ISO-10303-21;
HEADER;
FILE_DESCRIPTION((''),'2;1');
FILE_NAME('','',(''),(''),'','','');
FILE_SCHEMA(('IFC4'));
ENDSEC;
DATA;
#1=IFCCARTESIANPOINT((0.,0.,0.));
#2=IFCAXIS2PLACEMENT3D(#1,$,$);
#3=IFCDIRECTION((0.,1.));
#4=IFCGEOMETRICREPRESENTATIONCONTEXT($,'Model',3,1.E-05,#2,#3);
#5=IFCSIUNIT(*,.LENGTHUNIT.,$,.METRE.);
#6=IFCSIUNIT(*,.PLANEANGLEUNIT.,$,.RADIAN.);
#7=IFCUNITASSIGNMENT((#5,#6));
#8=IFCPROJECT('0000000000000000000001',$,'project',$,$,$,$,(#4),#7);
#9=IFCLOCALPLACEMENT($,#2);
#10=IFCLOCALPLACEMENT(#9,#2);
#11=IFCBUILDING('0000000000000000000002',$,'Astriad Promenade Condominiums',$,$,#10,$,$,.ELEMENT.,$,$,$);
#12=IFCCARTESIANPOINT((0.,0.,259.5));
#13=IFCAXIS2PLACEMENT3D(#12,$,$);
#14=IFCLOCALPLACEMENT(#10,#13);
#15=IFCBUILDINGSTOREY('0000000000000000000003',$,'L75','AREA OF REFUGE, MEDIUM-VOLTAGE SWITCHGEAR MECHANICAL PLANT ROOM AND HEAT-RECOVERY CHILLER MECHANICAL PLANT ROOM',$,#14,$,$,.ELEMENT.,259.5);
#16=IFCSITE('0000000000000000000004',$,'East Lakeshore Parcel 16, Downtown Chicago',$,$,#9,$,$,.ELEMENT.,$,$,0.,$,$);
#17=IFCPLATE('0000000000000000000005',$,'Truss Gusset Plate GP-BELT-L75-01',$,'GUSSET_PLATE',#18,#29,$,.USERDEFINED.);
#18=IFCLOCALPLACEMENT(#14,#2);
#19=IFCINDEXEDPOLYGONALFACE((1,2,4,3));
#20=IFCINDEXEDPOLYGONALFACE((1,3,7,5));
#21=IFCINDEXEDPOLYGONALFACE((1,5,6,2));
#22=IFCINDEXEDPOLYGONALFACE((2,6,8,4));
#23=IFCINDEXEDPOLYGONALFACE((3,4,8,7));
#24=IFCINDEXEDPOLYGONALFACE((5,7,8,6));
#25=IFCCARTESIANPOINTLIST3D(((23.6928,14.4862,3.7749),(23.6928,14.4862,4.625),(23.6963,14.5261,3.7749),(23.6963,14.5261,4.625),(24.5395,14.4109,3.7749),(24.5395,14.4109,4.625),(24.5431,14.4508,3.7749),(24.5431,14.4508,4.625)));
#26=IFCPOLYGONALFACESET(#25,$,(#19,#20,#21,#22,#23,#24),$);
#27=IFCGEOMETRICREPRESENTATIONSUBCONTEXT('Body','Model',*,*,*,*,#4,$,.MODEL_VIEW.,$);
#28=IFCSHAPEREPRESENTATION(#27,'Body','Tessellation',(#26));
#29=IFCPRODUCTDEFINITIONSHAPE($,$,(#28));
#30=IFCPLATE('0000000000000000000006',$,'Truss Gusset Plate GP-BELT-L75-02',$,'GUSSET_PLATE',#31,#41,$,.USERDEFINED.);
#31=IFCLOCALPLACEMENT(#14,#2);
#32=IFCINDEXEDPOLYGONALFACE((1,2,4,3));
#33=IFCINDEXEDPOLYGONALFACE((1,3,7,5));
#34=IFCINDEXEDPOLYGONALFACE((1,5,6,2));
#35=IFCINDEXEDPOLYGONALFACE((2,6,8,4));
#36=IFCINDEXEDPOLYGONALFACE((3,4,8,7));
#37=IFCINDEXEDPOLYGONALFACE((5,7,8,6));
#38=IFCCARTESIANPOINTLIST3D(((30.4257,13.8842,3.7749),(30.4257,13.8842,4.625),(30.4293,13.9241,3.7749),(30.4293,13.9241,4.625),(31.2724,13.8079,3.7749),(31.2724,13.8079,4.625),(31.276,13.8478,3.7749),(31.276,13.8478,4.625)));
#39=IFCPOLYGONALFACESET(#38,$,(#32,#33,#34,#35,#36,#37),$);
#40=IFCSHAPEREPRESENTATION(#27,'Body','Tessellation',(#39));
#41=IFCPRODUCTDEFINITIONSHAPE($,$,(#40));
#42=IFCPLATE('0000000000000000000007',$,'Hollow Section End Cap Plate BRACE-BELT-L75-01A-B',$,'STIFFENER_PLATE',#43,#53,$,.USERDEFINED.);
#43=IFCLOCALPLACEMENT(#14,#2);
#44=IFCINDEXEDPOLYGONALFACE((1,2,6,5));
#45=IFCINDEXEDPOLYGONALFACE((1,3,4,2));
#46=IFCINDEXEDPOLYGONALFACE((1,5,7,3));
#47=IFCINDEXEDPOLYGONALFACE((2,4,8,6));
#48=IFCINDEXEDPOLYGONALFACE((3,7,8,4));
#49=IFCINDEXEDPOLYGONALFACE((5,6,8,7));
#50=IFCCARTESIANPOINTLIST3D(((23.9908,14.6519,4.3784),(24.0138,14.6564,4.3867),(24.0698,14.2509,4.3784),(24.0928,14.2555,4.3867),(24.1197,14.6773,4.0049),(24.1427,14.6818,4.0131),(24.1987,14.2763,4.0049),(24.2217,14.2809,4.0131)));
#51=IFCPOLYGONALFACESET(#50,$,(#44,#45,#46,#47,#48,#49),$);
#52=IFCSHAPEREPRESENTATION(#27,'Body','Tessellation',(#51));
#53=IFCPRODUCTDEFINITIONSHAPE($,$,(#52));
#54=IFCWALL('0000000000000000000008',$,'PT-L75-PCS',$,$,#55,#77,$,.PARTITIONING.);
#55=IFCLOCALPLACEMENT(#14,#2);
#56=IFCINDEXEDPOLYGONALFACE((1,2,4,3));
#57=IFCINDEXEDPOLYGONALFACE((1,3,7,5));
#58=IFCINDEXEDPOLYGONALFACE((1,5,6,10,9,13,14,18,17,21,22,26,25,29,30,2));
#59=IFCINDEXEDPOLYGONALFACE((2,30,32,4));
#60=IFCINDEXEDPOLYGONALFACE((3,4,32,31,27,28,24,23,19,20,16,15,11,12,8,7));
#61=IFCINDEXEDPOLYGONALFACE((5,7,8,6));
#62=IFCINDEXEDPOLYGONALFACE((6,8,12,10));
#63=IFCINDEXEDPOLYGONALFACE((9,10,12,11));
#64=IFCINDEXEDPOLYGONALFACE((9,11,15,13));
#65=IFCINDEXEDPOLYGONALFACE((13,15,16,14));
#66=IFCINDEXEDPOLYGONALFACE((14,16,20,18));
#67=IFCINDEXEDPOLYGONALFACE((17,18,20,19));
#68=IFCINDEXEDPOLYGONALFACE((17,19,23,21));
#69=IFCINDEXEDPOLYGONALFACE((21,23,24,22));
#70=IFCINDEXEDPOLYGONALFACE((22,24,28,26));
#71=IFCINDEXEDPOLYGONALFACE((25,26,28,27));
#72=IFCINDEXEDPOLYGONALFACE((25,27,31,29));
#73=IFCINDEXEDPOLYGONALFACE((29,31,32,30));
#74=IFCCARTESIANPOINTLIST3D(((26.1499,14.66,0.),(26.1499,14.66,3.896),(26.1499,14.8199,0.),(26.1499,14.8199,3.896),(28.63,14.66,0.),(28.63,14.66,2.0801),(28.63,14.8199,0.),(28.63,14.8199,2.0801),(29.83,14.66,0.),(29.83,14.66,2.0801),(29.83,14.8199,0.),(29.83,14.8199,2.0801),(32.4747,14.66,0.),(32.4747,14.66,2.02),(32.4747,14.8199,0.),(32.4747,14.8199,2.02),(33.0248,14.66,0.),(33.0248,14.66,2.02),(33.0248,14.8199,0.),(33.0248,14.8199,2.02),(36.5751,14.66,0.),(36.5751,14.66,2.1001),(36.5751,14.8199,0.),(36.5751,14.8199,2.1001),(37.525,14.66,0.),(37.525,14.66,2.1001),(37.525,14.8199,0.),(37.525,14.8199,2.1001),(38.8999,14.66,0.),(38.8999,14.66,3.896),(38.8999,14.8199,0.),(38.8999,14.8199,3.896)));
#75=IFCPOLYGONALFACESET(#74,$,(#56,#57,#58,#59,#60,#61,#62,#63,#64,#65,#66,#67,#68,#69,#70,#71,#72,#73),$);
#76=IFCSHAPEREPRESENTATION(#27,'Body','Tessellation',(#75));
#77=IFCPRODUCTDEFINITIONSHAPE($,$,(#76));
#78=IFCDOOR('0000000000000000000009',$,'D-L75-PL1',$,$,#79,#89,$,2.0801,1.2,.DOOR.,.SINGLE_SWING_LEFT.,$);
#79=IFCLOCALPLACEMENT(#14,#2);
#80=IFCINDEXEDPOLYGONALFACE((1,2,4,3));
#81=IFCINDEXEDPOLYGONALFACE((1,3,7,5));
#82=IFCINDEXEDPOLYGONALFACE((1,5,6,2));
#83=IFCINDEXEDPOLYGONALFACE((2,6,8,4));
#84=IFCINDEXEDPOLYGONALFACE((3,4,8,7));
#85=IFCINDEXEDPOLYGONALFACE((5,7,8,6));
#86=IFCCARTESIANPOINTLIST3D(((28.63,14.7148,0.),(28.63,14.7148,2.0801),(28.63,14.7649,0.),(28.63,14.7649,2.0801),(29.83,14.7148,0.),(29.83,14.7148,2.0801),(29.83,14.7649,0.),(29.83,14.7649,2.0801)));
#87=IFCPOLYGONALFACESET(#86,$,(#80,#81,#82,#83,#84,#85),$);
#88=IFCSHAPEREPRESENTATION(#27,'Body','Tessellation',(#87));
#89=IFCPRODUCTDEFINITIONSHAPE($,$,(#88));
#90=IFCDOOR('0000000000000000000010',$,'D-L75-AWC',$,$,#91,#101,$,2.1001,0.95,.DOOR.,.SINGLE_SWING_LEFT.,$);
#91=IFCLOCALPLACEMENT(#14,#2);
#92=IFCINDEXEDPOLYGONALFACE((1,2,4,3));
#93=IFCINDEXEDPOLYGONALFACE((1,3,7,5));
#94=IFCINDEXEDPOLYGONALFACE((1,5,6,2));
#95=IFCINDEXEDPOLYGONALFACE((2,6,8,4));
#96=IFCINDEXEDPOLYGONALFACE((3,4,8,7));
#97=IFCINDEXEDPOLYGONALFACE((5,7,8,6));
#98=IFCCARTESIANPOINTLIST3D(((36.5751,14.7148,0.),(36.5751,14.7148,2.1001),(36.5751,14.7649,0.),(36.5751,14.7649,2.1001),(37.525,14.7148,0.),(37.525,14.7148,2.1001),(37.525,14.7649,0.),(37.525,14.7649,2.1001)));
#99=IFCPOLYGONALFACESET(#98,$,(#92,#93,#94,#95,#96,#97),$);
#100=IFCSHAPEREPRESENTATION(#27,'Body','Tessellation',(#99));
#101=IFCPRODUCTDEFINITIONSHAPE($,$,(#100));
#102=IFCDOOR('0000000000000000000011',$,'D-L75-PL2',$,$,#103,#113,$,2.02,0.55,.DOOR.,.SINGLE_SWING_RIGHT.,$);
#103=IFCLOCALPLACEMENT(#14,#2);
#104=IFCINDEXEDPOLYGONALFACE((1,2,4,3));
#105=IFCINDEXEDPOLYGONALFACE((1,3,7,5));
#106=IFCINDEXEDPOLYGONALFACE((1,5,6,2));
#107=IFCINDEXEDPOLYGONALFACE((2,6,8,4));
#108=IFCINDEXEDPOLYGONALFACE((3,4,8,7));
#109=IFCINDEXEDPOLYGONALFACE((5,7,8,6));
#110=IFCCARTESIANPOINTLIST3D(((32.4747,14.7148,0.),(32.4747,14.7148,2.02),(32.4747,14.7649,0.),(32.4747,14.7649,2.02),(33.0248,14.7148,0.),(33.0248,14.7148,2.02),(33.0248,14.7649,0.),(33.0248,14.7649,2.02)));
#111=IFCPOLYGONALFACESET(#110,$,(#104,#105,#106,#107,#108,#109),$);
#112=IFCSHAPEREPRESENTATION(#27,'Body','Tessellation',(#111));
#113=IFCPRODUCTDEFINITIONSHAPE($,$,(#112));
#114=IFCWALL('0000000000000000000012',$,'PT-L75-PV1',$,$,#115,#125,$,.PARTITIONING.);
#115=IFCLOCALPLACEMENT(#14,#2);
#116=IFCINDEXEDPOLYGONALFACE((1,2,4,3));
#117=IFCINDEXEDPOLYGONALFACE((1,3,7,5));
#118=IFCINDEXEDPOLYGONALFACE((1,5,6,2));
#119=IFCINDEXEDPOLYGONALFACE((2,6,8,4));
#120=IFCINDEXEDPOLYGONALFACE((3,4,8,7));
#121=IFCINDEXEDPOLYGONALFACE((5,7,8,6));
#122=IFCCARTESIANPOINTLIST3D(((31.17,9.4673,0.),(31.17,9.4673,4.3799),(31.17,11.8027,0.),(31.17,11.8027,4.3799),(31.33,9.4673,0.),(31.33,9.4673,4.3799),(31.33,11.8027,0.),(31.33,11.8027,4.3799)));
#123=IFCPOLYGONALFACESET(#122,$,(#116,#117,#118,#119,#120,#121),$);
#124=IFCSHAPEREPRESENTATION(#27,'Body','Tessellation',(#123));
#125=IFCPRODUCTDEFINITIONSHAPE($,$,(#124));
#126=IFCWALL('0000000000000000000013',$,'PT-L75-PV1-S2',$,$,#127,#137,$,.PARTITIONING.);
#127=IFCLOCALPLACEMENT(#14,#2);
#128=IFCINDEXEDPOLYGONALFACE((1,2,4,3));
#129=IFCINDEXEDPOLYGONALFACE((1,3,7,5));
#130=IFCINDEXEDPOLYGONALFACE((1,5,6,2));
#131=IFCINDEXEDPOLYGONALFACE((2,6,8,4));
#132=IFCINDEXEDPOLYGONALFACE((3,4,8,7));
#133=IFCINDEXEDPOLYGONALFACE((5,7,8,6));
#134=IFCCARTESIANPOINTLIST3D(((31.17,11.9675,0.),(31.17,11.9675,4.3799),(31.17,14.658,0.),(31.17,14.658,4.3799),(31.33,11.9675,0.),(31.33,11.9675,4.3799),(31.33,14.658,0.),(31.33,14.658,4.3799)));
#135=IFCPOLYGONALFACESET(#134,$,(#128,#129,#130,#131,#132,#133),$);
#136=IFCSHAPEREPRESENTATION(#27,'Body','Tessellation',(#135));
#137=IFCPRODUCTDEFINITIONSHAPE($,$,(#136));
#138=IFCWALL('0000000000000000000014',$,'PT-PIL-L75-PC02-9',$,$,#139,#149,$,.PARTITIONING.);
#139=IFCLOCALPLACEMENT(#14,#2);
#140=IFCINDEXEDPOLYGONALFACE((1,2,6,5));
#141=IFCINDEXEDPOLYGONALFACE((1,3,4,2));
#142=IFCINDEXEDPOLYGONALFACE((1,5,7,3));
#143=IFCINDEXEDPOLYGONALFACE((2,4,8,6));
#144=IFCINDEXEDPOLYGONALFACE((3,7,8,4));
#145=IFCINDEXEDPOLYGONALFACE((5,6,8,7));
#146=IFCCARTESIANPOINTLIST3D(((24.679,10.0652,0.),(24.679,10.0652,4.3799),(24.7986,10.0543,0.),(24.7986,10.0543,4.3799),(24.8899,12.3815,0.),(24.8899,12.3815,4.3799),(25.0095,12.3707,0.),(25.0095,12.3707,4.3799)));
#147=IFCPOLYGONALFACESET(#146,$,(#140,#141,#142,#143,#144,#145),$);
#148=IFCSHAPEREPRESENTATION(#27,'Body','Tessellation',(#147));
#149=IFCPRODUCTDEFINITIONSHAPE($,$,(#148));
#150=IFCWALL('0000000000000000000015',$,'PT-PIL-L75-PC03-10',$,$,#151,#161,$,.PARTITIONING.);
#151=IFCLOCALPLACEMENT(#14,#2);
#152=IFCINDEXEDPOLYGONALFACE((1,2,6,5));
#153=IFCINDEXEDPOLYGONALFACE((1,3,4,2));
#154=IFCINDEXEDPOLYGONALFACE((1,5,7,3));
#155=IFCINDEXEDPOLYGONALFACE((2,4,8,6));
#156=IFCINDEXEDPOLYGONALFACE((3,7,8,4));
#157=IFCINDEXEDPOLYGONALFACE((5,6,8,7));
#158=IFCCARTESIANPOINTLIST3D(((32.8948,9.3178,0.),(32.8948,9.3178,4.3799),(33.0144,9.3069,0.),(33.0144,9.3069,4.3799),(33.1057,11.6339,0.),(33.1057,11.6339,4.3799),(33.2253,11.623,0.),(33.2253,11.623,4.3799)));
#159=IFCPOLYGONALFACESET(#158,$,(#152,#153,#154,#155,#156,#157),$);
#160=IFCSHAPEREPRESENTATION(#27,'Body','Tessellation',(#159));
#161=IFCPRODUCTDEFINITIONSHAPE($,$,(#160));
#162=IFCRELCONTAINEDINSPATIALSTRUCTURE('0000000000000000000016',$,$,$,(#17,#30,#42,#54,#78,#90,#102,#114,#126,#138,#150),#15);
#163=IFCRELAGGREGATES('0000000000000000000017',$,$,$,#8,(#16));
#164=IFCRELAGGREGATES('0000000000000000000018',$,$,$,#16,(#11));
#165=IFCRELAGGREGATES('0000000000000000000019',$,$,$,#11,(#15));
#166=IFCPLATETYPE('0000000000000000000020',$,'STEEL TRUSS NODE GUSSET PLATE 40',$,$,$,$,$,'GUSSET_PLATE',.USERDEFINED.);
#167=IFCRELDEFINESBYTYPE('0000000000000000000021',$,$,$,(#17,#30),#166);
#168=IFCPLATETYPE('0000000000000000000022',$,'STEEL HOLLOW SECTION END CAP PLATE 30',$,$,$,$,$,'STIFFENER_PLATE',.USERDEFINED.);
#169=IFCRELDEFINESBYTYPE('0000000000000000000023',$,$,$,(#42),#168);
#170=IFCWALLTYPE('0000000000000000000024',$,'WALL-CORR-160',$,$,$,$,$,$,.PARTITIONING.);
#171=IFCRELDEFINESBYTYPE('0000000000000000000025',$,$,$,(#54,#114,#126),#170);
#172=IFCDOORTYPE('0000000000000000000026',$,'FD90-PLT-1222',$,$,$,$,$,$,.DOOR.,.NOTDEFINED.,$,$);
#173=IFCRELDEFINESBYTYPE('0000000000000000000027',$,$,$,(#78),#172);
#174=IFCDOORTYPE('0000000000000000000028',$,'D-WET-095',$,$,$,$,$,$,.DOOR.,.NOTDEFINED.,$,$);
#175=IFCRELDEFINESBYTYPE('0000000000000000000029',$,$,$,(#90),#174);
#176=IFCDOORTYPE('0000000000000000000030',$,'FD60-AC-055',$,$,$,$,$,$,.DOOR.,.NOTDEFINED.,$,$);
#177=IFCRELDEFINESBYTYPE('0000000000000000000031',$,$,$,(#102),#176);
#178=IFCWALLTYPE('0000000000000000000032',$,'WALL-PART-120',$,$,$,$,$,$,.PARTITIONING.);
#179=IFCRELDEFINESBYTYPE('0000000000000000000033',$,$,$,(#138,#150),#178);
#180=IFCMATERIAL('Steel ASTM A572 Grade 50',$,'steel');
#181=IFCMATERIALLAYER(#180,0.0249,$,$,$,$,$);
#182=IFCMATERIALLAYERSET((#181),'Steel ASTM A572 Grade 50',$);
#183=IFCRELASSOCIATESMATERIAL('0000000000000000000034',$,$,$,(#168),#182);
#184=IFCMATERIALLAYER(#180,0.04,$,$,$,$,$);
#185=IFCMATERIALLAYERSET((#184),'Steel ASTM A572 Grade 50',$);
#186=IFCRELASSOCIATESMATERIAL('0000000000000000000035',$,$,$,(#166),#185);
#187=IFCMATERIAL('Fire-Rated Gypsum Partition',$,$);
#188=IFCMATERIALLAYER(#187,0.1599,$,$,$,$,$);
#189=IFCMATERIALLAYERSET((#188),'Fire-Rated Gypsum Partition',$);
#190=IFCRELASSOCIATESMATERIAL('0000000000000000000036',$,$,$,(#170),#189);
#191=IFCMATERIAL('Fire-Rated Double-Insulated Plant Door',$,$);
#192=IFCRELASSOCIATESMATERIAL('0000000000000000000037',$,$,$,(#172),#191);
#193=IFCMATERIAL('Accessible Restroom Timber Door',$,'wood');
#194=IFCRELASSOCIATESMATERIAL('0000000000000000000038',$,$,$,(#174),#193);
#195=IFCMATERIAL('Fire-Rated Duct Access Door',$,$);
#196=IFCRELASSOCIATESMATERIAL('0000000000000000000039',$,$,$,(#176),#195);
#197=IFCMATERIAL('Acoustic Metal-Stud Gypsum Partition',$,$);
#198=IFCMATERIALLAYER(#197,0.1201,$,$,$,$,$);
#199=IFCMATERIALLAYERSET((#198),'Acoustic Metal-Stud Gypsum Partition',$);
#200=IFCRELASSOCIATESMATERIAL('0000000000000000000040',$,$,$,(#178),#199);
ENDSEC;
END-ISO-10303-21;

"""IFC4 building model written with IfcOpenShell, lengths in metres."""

from ifc_helpers import new_model, si_unit, direction, frame, frame_2d, origin, origin_2d, place, context, subcontext, project, spatial, rectangle, extrude, source, transform, mapped, material, layer, layer_set, type_object, type_shapes, element, fill, save


model = new_model("IFC4")

# Units and contexts
model_context = context("Model", 3, precision=1e-05, world=origin(), true_north=direction((0.0, 1.0)))
body_context = subcontext(model_context, "Body", "Model", "MODEL_VIEW")
ifc_project = project(units=[si_unit("LENGTHUNIT", "METRE"), si_unit("PLANEANGLEUNIT", "RADIAN")], contexts=[model_context])

# Site, building, storey
site_placement = place(None, origin())
site = spatial("IfcSite", under=ifc_project, at=site_placement, Name="East Lakeshore Parcel 16, Downtown Chicago", CompositionType="ELEMENT", RefElevation=0.0)
building_placement = place(site_placement, origin())
building = spatial("IfcBuilding", under=site, at=building_placement, Name="Astriad Promenade Condominiums", CompositionType="ELEMENT")
storey_placement = place(building_placement, frame((0.0, 0.0, 259.5)))
storey = spatial("IfcBuildingStorey", under=building, at=storey_placement, Name="L75", Description="AREA OF REFUGE, MEDIUM-VOLTAGE SWITCHGEAR MECHANICAL PLANT ROOM AND HEAT-RECOVERY CHILLER MECHANICAL PLANT ROOM", CompositionType="ELEMENT", Elevation=259.5)

# Plates
ifc_material_1 = material(Name="Steel ASTM A572 Grade 50", Category="steel")
ifc_layer_1 = layer(ifc_material_1, 0.0249)
ifc_layer_set_1 = layer_set([ifc_layer_1], Name="Steel ASTM A572 Grade 50")
plate_type_1 = type_object("IfcPlateType", Name="STEEL HOLLOW SECTION END CAP PLATE 30", ElementType="STIFFENER_PLATE", PredefinedType="USERDEFINED", material=ifc_layer_set_1)
ifc_layer_2 = layer(ifc_material_1, 0.04)
ifc_layer_set_2 = layer_set([ifc_layer_2], Name="Steel ASTM A572 Grade 50")
plate_type_2 = type_object("IfcPlateType", Name="STEEL TRUSS NODE GUSSET PLATE 40", ElementType="GUSSET_PLATE", PredefinedType="USERDEFINED", material=ifc_layer_set_2)
shared_shape_1 = source(origin(), body_context, "Body", "SweptSolid", [
    extrude(rectangle(XDim=0.8501, YDim=0.04, at=origin_2d()), origin(), (0.0, 0.0, 1.0), 0.8501),
])
type_shapes(plate_type_2, [shared_shape_1])
for number, where, z_axis, x_axis, name in (
    (1, (24.1179, 14.4685, 3.7749), (0.0, 0.0, 1.0), (0.996072, -0.088547, 0.0), "Truss Gusset Plate GP-BELT-L75-01"),
    (2, (30.8508, 13.866, 3.7749), (0.0, 0.0, 1.0), (0.995963, -0.089763, 0.0), "Truss Gusset Plate GP-BELT-L75-02"),
):
    element("IfcPlate", number, at=place(storey_placement, frame(where, z_axis=z_axis, x_axis=x_axis)), inside=storey, type_object=plate_type_2, Name=name, ObjectType="GUSSET_PLATE", PredefinedType="USERDEFINED", context=body_context, shape_type="MappedRepresentation", body=[
        mapped(shared_shape_1, transform((0.0, 0.0, 0.0), scale=1.0)),
    ])
shared_shape_2 = source(origin(), body_context, "Body", "SweptSolid", [
    extrude(rectangle(XDim=0.4087, YDim=0.396, at=origin_2d()), origin(), (0.0, 0.0, 1.0), 0.0249),
])
plate_placement = place(storey_placement, frame((24.0947, 14.4641, 4.1917), z_axis=(0.925557, 0.182359, 0.331796), x_axis=(-0.19331, 0.981138, 0.0)))
element("IfcPlate", 3, at=plate_placement, inside=storey, type_object=plate_type_1, Name="Hollow Section End Cap Plate BRACE-BELT-L75-01A-B", ObjectType="STIFFENER_PLATE", PredefinedType="USERDEFINED", context=body_context, shape_type="MappedRepresentation", body=[
    mapped(shared_shape_2, transform((0.0, 0.0, 0.0), scale=1.0)),
])

# Wall, openings, doors
ifc_material_2 = material(Name="Fire-Rated Gypsum Partition")
ifc_layer_3 = layer(ifc_material_2, 0.1599)
ifc_layer_set_3 = layer_set([ifc_layer_3], Name="Fire-Rated Gypsum Partition")
wall_type_1 = type_object("IfcWallType", Name="WALL-CORR-160", PredefinedType="PARTITIONING", material=ifc_layer_set_3)
wall_1_placement = place(storey_placement, frame((26.1499, 14.74, 0.0), z_axis=(0.0, 0.0, 1.0), x_axis=(1.0, 0.0, 0.0)))
wall_1 = element("IfcWall", 4, at=wall_1_placement, inside=storey, type_object=wall_type_1, Name="PT-L75-PCS", PredefinedType="PARTITIONING", context=body_context, shape_type="SweptSolid", body=[
    extrude(rectangle(XDim=12.75, YDim=0.1599, at=frame_2d((6.375, 0.0))), origin(), (0.0, 0.0, 1.0), 3.896),
])
opening_1_placement = place(wall_1_placement, frame((2.48, 0.0, 0.0)))
opening_1 = element("IfcOpeningElement", 5, at=opening_1_placement, cuts=wall_1, PredefinedType="OPENING", context=body_context, shape_type="SweptSolid", body=[
    extrude(rectangle(XDim=1.2, YDim=2.0801, at=frame_2d((0.6001, 1.04))), frame((0.0, 0.0898, 0.0), z_axis=(0.0, -1.0, 0.0), x_axis=(1.0, 0.0, 0.0)), (0.0, 0.0, 1.0), 0.1799),
])
opening_2_placement = place(wall_1_placement, frame((6.325, 0.0, 0.0)))
opening_2 = element("IfcOpeningElement", 6, at=opening_2_placement, cuts=wall_1, PredefinedType="OPENING", context=body_context, shape_type="SweptSolid", body=[
    extrude(rectangle(XDim=0.55, YDim=2.02, at=frame_2d((0.2749, 1.01))), frame((0.0, 0.0898, 0.0), z_axis=(0.0, -1.0, 0.0), x_axis=(1.0, 0.0, 0.0)), (0.0, 0.0, 1.0), 0.1799),
])
opening_3_placement = place(wall_1_placement, frame((10.425, 0.0, 0.0)))
opening_3 = element("IfcOpeningElement", 7, at=opening_3_placement, cuts=wall_1, PredefinedType="OPENING", context=body_context, shape_type="SweptSolid", body=[
    extrude(rectangle(XDim=0.95, YDim=2.1001, at=frame_2d((0.4751, 1.05))), frame((0.0, 0.0898, 0.0), z_axis=(0.0, -1.0, 0.0), x_axis=(1.0, 0.0, 0.0)), (0.0, 0.0, 1.0), 0.1799),
])
ifc_material_3 = material(Name="Fire-Rated Double-Insulated Plant Door")
door_type_1 = type_object("IfcDoorType", Name="FD90-PLT-1222", OperationType="NOTDEFINED", PredefinedType="DOOR", material=ifc_material_3)
shared_shape_3 = source(origin(), body_context, "Body", "SweptSolid", [
    extrude(rectangle(XDim=1.2, YDim=2.0801, at=frame_2d((0.6001, 1.04))), frame((0.0, 0.0249, 0.0), z_axis=(0.0, -1.0, 0.0), x_axis=(1.0, 0.0, 0.0)), (0.0, 0.0, 1.0), 0.05),
])
type_shapes(door_type_1, [shared_shape_3])
door_1_placement = place(opening_1_placement, origin())
door_1 = element("IfcDoor", 8, at=door_1_placement, inside=storey, type_object=door_type_1, Name="D-L75-PL1", OperationType="SINGLE_SWING_LEFT", OverallHeight=2.0801, OverallWidth=1.2, PredefinedType="DOOR", context=body_context, shape_type="MappedRepresentation", body=[
    mapped(shared_shape_3, transform((0.0, 0.0, 0.0), scale=1.0)),
])
fill(opening_1, door_1)
ifc_material_4 = material(Name="Accessible Restroom Timber Door", Category="wood")
door_type_2 = type_object("IfcDoorType", Name="D-WET-095", OperationType="NOTDEFINED", PredefinedType="DOOR", material=ifc_material_4)
shared_shape_4 = source(origin(), body_context, "Body", "SweptSolid", [
    extrude(rectangle(XDim=0.95, YDim=2.1001, at=frame_2d((0.4751, 1.05))), frame((0.0, 0.0249, 0.0), z_axis=(0.0, -1.0, 0.0), x_axis=(1.0, 0.0, 0.0)), (0.0, 0.0, 1.0), 0.05),
])
type_shapes(door_type_2, [shared_shape_4])
door_2_placement = place(opening_3_placement, origin())
door_2 = element("IfcDoor", 9, at=door_2_placement, inside=storey, type_object=door_type_2, Name="D-L75-AWC", OperationType="SINGLE_SWING_LEFT", OverallHeight=2.1001, OverallWidth=0.95, PredefinedType="DOOR", context=body_context, shape_type="MappedRepresentation", body=[
    mapped(shared_shape_4, transform((0.0, 0.0, 0.0), scale=1.0)),
])
fill(opening_3, door_2)
ifc_material_5 = material(Name="Fire-Rated Duct Access Door")
door_type_3 = type_object("IfcDoorType", Name="FD60-AC-055", OperationType="NOTDEFINED", PredefinedType="DOOR", material=ifc_material_5)
shared_shape_5 = source(origin(), body_context, "Body", "SweptSolid", [
    extrude(rectangle(XDim=0.55, YDim=2.02, at=frame_2d((0.2749, 1.01))), frame((0.0, 0.0249, 0.0), z_axis=(0.0, -1.0, 0.0), x_axis=(1.0, 0.0, 0.0)), (0.0, 0.0, 1.0), 0.05),
])
type_shapes(door_type_3, [shared_shape_5])
door_3_placement = place(opening_2_placement, origin())
door_3 = element("IfcDoor", 10, at=door_3_placement, inside=storey, type_object=door_type_3, Name="D-L75-PL2", OperationType="SINGLE_SWING_RIGHT", OverallHeight=2.02, OverallWidth=0.55, PredefinedType="DOOR", context=body_context, shape_type="MappedRepresentation", body=[
    mapped(shared_shape_5, transform((0.0, 0.0, 0.0), scale=1.0)),
])
fill(opening_2, door_3)

# Walls
wall_2_placement = place(storey_placement, frame((31.25, 9.4673, 0.0), z_axis=(0.0, 0.0, 1.0), x_axis=(0.0, 1.0, 0.0)))
element("IfcWall", 11, at=wall_2_placement, inside=storey, type_object=wall_type_1, Name="PT-L75-PV1", PredefinedType="PARTITIONING", context=body_context, shape_type="SweptSolid", body=[
    extrude(rectangle(XDim=2.3354, YDim=0.1599, at=frame_2d((1.1677, 0.0))), origin(), (0.0, 0.0, 1.0), 4.3799),
])
wall_3_placement = place(storey_placement, frame((31.25, 11.9675, 0.0), z_axis=(0.0, 0.0, 1.0), x_axis=(0.0, 1.0, 0.0)))
element("IfcWall", 12, at=wall_3_placement, inside=storey, type_object=wall_type_1, Name="PT-L75-PV1-S2", PredefinedType="PARTITIONING", context=body_context, shape_type="SweptSolid", body=[
    extrude(rectangle(XDim=2.6904, YDim=0.1599, at=frame_2d((1.3452, 0.0))), origin(), (0.0, 0.0, 1.0), 4.3799),
])
ifc_material_6 = material(Name="Acoustic Metal-Stud Gypsum Partition")
ifc_layer_4 = layer(ifc_material_6, 0.1201)
ifc_layer_set_4 = layer_set([ifc_layer_4], Name="Acoustic Metal-Stud Gypsum Partition")
wall_type_2 = type_object("IfcWallType", Name="WALL-PART-120", PredefinedType="PARTITIONING", material=ifc_layer_set_4)
wall_4_placement = place(storey_placement, frame((24.9497, 12.3762, 0.0), z_axis=(0.0, 0.0, 1.0), x_axis=(-0.090687, -0.995879, 0.0)))
element("IfcWall", 13, at=wall_4_placement, inside=storey, type_object=wall_type_2, Name="PT-PIL-L75-PC02-9", PredefinedType="PARTITIONING", context=body_context, shape_type="SweptSolid", body=[
    extrude(rectangle(XDim=2.3259, YDim=0.1201, at=frame_2d((1.1631, 0.0))), origin(), (0.0, 0.0, 1.0), 4.3799),
])
wall_5_placement = place(storey_placement, frame((33.1655, 11.6284, 0.0), z_axis=(0.0, 0.0, 1.0), x_axis=(-0.090697, -0.995879, 0.0)))
element("IfcWall", 14, at=wall_5_placement, inside=storey, type_object=wall_type_2, Name="PT-PIL-L75-PC03-10", PredefinedType="PARTITIONING", context=body_context, shape_type="SweptSolid", body=[
    extrude(rectangle(XDim=2.3257, YDim=0.1201, at=frame_2d((1.1628, 0.0))), origin(), (0.0, 0.0, 1.0), 4.3799),
])

save(model, "model.ifc")
